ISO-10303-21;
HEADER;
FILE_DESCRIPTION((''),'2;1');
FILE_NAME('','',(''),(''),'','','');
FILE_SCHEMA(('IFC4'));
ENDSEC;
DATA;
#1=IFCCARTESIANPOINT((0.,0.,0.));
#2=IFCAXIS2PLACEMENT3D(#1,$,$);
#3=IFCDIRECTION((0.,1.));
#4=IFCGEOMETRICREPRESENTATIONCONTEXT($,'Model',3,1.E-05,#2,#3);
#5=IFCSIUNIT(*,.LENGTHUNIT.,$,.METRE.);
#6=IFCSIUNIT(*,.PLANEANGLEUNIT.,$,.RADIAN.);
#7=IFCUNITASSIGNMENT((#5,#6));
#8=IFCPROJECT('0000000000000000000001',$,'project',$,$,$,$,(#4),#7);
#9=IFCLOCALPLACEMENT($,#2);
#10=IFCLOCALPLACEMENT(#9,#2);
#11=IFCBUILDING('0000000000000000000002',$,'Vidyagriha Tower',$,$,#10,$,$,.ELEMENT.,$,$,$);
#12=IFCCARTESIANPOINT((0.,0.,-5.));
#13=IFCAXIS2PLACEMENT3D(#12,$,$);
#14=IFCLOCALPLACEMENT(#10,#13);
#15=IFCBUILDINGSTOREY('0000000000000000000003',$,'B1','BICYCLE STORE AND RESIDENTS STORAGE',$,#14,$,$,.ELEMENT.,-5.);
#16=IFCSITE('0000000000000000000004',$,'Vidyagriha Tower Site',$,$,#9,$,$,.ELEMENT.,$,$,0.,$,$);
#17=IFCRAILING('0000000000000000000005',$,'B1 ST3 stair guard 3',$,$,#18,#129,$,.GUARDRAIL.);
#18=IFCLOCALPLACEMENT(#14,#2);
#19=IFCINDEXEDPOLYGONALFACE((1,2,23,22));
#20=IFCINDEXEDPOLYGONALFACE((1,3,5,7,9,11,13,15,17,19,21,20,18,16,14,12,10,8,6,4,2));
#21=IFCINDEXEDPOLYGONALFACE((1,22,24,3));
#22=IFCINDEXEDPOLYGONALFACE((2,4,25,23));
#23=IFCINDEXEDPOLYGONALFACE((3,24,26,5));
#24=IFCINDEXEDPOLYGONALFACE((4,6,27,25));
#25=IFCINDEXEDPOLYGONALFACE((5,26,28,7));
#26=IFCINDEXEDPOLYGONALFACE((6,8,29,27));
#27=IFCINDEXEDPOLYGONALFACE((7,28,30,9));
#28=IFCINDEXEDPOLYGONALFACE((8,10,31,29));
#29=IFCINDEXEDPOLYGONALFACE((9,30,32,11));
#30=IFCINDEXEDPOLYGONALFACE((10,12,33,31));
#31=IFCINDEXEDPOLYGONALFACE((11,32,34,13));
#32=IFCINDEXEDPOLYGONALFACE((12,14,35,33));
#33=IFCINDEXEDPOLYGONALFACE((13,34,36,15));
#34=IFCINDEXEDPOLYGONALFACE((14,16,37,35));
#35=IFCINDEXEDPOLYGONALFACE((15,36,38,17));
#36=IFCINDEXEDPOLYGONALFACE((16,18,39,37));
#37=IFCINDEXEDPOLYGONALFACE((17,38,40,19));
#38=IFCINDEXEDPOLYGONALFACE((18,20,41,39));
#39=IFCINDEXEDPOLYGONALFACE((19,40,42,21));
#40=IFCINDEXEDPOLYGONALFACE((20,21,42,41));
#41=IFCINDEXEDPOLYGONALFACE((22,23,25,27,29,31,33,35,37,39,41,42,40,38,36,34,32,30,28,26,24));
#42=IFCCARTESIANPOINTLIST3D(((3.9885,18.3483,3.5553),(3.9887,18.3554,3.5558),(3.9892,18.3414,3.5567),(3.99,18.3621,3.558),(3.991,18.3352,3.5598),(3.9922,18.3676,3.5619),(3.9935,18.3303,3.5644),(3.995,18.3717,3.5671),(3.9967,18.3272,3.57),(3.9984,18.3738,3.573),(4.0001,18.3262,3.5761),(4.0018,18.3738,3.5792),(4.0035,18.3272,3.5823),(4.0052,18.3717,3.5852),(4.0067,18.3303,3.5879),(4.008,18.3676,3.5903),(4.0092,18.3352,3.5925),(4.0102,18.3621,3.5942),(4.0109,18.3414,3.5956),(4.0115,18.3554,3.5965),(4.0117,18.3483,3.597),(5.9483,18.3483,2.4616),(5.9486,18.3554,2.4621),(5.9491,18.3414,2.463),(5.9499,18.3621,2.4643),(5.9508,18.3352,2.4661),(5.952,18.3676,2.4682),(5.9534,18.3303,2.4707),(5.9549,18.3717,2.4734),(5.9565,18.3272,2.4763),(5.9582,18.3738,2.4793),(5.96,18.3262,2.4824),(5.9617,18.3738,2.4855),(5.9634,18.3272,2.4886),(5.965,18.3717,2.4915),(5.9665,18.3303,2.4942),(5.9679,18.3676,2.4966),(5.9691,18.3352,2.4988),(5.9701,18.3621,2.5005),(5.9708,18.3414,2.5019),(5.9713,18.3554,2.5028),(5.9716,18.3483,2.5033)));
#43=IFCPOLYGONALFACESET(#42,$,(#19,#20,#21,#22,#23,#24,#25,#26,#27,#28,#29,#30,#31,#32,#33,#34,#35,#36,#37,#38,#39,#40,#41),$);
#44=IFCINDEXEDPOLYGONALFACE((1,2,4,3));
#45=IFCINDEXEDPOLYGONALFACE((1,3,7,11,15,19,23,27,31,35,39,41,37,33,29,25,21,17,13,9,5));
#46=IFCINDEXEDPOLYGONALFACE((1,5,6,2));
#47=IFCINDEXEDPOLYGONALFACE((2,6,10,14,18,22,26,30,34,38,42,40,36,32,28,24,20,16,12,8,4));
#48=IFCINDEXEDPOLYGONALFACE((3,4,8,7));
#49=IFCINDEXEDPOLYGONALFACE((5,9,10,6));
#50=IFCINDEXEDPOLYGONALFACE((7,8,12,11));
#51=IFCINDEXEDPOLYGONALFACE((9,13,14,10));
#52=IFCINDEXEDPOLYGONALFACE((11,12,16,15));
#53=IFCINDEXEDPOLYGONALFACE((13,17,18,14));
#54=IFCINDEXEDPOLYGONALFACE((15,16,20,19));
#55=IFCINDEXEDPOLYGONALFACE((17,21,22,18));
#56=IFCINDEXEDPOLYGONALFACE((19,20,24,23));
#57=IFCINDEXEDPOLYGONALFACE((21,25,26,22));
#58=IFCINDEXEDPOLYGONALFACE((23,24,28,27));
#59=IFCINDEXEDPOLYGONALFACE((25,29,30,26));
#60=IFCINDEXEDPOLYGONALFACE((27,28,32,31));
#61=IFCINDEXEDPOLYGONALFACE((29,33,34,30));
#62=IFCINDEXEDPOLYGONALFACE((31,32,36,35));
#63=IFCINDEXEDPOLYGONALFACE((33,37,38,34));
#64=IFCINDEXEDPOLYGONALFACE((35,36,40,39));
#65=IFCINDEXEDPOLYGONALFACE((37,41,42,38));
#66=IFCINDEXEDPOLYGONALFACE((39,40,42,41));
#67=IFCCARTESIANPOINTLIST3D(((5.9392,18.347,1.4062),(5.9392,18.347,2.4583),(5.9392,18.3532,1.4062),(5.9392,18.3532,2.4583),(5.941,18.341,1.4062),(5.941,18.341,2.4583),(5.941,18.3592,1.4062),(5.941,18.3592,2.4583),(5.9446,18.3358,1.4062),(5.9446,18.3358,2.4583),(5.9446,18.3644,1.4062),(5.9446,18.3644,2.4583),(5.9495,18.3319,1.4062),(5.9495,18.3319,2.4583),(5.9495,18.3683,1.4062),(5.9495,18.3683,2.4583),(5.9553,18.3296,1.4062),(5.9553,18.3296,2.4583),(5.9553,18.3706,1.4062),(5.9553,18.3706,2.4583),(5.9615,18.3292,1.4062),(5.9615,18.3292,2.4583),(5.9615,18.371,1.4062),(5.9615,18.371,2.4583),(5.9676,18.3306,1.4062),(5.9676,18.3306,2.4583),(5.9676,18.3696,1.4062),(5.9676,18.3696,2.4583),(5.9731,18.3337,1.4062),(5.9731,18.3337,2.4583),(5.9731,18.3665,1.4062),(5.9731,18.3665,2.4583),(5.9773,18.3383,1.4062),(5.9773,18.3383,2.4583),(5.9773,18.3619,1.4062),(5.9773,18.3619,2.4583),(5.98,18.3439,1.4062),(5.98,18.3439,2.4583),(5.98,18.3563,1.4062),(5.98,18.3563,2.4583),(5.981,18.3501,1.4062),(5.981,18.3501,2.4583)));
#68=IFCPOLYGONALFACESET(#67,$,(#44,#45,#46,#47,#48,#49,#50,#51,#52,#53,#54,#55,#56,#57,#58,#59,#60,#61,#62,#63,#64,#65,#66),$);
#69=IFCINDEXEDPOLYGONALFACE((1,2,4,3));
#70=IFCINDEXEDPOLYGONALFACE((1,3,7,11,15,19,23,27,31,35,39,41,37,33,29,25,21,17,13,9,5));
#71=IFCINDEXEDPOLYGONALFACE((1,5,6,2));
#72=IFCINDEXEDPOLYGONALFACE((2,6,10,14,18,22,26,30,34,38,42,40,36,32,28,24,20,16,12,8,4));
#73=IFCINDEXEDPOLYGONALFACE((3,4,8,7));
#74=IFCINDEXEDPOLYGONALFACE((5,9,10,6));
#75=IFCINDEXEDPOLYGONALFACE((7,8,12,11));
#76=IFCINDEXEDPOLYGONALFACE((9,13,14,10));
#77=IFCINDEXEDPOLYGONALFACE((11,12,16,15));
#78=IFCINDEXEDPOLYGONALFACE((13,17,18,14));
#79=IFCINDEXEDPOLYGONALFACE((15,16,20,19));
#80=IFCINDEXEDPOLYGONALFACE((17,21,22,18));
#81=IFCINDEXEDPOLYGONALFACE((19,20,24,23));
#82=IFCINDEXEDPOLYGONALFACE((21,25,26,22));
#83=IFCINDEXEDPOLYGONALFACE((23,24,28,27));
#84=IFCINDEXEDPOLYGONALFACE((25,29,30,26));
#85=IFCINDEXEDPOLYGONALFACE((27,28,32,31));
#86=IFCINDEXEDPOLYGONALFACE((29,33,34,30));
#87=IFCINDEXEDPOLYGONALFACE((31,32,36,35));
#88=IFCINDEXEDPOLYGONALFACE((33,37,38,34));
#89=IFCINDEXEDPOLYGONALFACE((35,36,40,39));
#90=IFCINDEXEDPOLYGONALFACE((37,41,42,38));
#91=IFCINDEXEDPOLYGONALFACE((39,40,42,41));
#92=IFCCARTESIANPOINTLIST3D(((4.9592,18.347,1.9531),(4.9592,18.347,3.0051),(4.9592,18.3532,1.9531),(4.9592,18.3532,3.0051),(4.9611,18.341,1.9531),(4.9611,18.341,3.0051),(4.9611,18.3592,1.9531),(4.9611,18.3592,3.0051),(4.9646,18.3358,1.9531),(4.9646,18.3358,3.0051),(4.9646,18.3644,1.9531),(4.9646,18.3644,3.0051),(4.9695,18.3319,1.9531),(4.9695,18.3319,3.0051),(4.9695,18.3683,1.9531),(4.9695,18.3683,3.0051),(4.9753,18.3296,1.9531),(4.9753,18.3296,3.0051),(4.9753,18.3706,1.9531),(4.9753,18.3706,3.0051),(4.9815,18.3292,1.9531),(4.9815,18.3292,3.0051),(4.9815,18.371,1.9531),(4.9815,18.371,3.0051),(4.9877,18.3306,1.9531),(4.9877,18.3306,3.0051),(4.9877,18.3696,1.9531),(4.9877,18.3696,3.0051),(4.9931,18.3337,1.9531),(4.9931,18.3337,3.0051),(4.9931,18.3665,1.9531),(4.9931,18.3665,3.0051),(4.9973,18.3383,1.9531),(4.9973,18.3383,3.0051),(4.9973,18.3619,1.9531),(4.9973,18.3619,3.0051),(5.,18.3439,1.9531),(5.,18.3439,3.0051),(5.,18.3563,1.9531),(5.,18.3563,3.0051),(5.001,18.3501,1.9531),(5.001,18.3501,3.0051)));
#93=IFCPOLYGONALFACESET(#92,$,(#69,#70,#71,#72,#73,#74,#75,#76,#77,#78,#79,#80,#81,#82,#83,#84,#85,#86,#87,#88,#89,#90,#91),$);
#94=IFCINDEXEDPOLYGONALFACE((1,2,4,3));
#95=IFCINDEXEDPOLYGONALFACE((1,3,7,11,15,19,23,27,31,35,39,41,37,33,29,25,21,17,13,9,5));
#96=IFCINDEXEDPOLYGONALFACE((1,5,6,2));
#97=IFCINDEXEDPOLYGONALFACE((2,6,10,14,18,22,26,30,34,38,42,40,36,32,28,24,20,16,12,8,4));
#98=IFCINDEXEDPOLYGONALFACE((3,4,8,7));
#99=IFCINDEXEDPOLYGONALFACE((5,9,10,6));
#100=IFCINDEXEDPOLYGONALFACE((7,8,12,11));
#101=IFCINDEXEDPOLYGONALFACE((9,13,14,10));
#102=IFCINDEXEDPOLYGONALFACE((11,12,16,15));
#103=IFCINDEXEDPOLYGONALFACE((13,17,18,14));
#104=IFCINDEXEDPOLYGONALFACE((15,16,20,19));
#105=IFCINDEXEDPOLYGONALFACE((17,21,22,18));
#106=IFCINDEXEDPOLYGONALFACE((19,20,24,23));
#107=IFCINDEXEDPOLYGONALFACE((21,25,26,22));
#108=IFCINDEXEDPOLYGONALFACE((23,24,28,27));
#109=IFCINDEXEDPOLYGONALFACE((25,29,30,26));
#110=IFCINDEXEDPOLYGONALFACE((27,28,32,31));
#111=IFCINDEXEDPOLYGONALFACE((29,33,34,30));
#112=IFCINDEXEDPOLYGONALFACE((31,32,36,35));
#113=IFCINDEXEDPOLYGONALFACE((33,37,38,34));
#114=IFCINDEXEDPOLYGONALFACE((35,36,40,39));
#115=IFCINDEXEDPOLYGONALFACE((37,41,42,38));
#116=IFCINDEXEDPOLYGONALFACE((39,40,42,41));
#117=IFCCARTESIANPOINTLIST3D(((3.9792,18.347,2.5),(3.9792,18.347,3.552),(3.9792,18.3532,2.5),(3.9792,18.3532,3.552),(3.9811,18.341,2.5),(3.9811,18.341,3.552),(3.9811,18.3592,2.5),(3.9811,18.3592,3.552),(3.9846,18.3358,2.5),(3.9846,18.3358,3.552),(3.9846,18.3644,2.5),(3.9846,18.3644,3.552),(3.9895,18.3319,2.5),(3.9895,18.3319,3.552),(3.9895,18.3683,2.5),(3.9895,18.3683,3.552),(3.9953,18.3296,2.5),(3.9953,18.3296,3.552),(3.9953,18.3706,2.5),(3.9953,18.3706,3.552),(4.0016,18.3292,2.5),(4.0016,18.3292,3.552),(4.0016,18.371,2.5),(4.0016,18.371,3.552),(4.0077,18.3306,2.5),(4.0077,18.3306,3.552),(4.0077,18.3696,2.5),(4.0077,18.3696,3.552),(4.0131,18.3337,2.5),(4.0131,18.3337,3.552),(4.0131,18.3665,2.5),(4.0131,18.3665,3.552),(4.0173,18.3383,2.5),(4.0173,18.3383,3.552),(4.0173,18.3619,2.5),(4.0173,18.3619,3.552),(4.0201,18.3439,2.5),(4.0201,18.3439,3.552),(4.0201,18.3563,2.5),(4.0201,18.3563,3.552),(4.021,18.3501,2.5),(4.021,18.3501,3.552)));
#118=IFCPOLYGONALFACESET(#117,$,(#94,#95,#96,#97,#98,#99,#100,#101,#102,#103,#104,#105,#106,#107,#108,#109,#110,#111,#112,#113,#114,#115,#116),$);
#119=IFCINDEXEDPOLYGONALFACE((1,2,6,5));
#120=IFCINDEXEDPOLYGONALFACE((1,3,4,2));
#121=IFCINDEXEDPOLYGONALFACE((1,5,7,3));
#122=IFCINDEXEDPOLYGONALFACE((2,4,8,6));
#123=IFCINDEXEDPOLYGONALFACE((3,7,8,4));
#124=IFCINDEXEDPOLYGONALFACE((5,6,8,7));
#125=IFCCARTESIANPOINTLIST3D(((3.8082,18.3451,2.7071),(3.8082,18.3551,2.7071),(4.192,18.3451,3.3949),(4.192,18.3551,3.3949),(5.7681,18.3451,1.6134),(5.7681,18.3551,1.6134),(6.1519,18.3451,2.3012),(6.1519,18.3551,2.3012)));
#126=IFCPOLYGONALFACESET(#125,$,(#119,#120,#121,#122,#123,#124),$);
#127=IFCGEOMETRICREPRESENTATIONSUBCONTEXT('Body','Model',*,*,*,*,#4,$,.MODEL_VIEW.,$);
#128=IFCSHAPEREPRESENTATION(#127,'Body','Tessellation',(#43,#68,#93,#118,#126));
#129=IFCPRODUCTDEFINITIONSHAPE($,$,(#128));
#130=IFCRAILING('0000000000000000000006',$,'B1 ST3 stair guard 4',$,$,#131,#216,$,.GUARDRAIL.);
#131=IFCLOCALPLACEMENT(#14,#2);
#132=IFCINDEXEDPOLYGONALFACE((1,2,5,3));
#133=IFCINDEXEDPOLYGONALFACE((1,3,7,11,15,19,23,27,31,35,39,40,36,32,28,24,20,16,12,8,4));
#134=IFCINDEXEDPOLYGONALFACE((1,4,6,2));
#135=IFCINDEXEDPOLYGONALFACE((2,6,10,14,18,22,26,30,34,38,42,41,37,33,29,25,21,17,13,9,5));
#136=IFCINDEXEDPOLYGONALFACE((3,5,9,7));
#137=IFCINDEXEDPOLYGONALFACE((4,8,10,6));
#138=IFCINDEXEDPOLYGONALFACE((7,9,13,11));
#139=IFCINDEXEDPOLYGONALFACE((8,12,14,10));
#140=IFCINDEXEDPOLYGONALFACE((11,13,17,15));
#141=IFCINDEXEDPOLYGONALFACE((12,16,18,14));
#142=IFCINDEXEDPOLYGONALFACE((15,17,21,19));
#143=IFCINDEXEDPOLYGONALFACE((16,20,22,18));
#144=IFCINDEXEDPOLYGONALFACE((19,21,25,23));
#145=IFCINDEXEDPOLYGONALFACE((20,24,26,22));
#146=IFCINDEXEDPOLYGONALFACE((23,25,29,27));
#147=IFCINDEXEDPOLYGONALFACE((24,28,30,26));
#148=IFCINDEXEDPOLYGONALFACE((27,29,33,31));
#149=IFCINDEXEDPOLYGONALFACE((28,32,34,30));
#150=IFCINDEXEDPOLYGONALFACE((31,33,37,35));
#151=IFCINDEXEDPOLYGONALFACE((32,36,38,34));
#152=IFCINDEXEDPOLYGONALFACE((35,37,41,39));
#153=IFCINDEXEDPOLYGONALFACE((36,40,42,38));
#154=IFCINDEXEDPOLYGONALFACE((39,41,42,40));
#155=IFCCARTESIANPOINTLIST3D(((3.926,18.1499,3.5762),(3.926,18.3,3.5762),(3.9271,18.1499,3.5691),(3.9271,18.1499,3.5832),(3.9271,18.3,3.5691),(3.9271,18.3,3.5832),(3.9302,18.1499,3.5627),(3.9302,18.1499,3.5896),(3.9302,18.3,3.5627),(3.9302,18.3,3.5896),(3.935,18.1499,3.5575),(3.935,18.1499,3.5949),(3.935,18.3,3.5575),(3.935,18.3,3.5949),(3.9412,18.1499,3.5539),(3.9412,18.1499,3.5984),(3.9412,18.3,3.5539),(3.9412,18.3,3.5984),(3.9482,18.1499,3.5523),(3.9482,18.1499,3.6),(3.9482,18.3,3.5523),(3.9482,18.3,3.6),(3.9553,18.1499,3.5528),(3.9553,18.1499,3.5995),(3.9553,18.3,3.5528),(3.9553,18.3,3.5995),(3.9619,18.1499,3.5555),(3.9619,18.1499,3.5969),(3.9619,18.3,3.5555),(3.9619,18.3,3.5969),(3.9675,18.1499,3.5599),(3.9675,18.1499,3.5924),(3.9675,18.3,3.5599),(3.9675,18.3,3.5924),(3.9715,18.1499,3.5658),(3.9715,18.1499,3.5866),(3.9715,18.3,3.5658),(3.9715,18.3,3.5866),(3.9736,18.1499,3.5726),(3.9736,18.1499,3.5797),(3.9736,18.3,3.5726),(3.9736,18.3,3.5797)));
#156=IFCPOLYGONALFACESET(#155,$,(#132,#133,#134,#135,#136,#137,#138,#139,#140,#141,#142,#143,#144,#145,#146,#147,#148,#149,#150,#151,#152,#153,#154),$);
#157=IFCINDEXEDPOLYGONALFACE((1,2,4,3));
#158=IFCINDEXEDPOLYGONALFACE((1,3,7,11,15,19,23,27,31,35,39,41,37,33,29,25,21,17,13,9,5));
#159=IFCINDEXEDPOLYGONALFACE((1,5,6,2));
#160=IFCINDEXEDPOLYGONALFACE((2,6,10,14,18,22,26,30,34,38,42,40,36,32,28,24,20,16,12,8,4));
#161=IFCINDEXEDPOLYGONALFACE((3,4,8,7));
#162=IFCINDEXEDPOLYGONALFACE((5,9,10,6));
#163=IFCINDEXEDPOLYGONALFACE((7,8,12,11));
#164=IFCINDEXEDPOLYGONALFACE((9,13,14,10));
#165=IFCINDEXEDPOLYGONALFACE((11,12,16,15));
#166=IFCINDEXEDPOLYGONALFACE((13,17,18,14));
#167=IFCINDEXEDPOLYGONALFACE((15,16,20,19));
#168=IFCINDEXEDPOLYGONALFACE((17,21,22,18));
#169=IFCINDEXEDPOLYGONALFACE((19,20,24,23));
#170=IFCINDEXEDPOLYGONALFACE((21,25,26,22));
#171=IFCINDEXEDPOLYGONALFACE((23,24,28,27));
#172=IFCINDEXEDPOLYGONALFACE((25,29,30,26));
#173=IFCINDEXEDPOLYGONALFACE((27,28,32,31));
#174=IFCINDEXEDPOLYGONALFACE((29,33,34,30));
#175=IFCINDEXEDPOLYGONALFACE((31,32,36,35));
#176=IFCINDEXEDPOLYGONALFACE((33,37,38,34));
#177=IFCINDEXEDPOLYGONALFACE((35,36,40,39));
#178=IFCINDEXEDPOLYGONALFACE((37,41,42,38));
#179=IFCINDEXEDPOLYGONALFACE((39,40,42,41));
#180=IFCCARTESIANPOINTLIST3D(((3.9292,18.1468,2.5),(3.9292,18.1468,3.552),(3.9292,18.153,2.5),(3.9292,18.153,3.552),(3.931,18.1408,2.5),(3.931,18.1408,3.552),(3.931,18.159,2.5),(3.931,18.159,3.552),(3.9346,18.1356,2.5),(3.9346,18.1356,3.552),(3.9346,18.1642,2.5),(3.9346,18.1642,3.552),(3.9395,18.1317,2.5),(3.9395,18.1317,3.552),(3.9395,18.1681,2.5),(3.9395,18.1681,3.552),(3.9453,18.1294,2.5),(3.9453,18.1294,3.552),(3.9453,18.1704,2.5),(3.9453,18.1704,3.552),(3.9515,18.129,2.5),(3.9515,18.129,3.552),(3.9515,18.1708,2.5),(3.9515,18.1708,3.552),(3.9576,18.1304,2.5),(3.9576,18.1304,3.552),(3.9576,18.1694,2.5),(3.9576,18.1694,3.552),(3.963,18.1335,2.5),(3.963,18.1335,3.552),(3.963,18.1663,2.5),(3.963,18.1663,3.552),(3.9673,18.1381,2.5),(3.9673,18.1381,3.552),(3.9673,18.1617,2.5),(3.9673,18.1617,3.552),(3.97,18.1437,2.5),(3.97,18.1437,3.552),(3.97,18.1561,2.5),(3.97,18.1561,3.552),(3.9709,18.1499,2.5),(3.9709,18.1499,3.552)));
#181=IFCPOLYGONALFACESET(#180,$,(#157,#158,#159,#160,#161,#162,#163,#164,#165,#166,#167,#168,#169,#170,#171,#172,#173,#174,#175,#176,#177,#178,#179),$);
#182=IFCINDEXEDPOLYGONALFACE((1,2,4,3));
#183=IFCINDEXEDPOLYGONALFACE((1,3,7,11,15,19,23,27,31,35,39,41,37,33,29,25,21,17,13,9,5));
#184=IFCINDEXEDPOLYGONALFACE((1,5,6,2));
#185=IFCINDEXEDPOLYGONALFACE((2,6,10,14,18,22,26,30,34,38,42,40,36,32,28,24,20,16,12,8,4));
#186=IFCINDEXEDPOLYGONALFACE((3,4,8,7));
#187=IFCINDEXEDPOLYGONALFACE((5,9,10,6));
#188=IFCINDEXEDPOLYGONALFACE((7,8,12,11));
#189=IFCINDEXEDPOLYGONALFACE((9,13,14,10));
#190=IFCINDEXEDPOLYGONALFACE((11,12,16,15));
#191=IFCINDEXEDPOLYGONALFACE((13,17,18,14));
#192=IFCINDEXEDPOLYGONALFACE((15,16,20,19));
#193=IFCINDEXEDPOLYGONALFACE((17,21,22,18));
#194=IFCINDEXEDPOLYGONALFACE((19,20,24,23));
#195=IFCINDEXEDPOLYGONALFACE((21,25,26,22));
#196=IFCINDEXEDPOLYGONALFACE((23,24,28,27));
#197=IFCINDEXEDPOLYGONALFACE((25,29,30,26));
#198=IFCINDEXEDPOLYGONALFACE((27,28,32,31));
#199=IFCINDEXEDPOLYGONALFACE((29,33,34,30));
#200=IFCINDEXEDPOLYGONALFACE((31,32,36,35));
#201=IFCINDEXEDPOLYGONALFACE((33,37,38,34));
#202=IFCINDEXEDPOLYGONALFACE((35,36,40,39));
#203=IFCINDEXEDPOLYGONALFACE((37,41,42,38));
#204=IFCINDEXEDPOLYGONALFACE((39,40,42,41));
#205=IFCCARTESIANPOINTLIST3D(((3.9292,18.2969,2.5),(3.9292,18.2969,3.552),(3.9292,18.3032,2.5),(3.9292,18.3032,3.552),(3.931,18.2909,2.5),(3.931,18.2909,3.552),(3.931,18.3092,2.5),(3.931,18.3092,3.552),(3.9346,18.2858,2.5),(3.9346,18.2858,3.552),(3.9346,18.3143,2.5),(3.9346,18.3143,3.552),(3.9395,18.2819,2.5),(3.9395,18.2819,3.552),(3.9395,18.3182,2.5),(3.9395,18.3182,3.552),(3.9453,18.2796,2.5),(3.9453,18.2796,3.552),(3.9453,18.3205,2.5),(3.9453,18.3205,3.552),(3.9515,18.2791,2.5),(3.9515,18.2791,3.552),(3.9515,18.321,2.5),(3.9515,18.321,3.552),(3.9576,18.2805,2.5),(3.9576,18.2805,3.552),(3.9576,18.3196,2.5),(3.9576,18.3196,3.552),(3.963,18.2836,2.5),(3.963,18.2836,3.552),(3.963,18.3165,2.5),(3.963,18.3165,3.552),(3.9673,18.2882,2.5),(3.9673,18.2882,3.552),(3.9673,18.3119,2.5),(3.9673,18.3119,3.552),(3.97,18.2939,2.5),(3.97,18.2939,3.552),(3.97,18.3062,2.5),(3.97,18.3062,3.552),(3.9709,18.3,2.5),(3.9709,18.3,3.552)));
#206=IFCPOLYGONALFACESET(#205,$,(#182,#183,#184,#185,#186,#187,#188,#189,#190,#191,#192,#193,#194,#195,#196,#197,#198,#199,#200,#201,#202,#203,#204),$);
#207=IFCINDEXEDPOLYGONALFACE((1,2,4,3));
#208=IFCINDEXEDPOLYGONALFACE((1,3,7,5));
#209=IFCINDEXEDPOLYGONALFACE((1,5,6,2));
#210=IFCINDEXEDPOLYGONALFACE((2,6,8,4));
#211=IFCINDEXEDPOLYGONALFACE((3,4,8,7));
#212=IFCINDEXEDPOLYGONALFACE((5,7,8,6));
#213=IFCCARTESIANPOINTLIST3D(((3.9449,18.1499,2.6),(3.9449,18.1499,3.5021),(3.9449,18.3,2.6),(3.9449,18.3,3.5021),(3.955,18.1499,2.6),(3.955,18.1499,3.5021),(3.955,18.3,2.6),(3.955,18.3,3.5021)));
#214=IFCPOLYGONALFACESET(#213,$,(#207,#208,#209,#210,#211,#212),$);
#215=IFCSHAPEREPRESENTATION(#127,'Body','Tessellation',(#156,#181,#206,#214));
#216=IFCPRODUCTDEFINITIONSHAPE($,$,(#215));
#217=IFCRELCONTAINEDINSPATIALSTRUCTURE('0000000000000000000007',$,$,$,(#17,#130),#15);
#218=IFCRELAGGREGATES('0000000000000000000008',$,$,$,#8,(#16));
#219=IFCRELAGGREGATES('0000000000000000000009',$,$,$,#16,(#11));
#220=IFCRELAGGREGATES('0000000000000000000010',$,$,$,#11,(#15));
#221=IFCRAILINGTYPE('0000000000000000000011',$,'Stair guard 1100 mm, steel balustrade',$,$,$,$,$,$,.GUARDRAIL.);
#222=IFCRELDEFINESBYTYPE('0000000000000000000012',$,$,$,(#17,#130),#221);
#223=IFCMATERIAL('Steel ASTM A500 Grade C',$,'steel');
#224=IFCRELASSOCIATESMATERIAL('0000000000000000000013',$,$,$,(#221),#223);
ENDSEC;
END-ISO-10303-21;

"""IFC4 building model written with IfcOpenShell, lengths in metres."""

from ifc_helpers import new_model, si_unit, direction, frame, origin, origin_2d, place, context, subcontext, project, spatial, rectangle, circle, extrude, material, type_object, element, save


model = new_model("IFC4")

# Units and contexts
model_context = context("Model", 3, precision=1e-05, world=origin(), true_north=direction((0.0, 1.0)))
body_context = subcontext(model_context, "Body", "Model", "MODEL_VIEW")
ifc_project = project(units=[si_unit("LENGTHUNIT", "METRE"), si_unit("PLANEANGLEUNIT", "RADIAN")], contexts=[model_context])

# Site, building, storey
site_placement = place(None, origin())
site = spatial("IfcSite", under=ifc_project, at=site_placement, Name="Vidyagriha Tower Site", CompositionType="ELEMENT", RefElevation=0.0)
building_placement = place(site_placement, origin())
building = spatial("IfcBuilding", under=site, at=building_placement, Name="Vidyagriha Tower", CompositionType="ELEMENT")
storey_placement = place(building_placement, frame((0.0, 0.0, -5.0)))
storey = spatial("IfcBuildingStorey", under=building, at=storey_placement, Name="B1", Description="BICYCLE STORE AND RESIDENTS STORAGE", CompositionType="ELEMENT", Elevation=-5.0)

# Railings
ifc_material_1 = material(Name="Steel ASTM A500 Grade C", Category="steel")
railing_type_1 = type_object("IfcRailingType", Name="Stair guard 1100 mm, steel balustrade", PredefinedType="GUARDRAIL", material=ifc_material_1)
railing_1_placement = place(storey_placement, frame((5.96, 18.3501, 1.4062)))
element("IfcRailing", 1, at=railing_1_placement, inside=storey, type_object=railing_type_1, Name="B1 ST3 stair guard 3", PredefinedType="GUARDRAIL", context=body_context, shape_type="SweptSolid", body=[
    extrude(circle(Radius=0.0239, at=origin_2d()), frame((0.0, 0.0, 1.0762), z_axis=(-0.873232, 0.0, 0.487304), x_axis=(0.0, -1.0, 0.0)), (0.0, 0.0, 1.0), 2.2444),
    extrude(circle(Radius=0.021, at=origin_2d()), origin(), (0.0, 0.0, 1.0), 1.052),
    extrude(circle(Radius=0.021, at=origin_2d()), frame((-0.98, 0.0, 0.5469)), (0.0, 0.0, 1.0), 1.052),
    extrude(circle(Radius=0.021, at=origin_2d()), frame((-1.96, 0.0, 1.0938)), (0.0, 0.0, 1.0), 1.052),
    extrude(rectangle(XDim=0.01, YDim=0.7876, at=origin_2d()), frame((0.0, 0.0, 0.551), z_axis=(-0.873232, 0.0, 0.487304), x_axis=(0.0, -1.0, 0.0)), (0.0, 0.0, 1.0), 2.2444),
])
railing_2_placement = place(storey_placement, frame((3.95, 18.1499, 2.5)))
element("IfcRailing", 2, at=railing_2_placement, inside=storey, type_object=railing_type_1, Name="B1 ST3 stair guard 4", PredefinedType="GUARDRAIL", context=body_context, shape_type="SweptSolid", body=[
    extrude(circle(Radius=0.0239, at=origin_2d()), frame((0.0, 0.0, 1.0762), z_axis=(0.0, 1.0, 0.0), x_axis=(-1.0, 0.0, 0.0)), (0.0, 0.0, 1.0), 0.1501),
    extrude(circle(Radius=0.021, at=origin_2d()), origin(), (0.0, 0.0, 1.0), 1.052),
    extrude(circle(Radius=0.021, at=origin_2d()), frame((0.0, 0.1501, 0.0)), (0.0, 0.0, 1.0), 1.052),
    extrude(rectangle(XDim=0.01, YDim=0.9021, at=origin_2d()), frame((0.0, 0.0, 0.551), z_axis=(0.0, 1.0, 0.0), x_axis=(-1.0, 0.0, 0.0)), (0.0, 0.0, 1.0), 0.1501),
])

save(model, "model.ifc")
